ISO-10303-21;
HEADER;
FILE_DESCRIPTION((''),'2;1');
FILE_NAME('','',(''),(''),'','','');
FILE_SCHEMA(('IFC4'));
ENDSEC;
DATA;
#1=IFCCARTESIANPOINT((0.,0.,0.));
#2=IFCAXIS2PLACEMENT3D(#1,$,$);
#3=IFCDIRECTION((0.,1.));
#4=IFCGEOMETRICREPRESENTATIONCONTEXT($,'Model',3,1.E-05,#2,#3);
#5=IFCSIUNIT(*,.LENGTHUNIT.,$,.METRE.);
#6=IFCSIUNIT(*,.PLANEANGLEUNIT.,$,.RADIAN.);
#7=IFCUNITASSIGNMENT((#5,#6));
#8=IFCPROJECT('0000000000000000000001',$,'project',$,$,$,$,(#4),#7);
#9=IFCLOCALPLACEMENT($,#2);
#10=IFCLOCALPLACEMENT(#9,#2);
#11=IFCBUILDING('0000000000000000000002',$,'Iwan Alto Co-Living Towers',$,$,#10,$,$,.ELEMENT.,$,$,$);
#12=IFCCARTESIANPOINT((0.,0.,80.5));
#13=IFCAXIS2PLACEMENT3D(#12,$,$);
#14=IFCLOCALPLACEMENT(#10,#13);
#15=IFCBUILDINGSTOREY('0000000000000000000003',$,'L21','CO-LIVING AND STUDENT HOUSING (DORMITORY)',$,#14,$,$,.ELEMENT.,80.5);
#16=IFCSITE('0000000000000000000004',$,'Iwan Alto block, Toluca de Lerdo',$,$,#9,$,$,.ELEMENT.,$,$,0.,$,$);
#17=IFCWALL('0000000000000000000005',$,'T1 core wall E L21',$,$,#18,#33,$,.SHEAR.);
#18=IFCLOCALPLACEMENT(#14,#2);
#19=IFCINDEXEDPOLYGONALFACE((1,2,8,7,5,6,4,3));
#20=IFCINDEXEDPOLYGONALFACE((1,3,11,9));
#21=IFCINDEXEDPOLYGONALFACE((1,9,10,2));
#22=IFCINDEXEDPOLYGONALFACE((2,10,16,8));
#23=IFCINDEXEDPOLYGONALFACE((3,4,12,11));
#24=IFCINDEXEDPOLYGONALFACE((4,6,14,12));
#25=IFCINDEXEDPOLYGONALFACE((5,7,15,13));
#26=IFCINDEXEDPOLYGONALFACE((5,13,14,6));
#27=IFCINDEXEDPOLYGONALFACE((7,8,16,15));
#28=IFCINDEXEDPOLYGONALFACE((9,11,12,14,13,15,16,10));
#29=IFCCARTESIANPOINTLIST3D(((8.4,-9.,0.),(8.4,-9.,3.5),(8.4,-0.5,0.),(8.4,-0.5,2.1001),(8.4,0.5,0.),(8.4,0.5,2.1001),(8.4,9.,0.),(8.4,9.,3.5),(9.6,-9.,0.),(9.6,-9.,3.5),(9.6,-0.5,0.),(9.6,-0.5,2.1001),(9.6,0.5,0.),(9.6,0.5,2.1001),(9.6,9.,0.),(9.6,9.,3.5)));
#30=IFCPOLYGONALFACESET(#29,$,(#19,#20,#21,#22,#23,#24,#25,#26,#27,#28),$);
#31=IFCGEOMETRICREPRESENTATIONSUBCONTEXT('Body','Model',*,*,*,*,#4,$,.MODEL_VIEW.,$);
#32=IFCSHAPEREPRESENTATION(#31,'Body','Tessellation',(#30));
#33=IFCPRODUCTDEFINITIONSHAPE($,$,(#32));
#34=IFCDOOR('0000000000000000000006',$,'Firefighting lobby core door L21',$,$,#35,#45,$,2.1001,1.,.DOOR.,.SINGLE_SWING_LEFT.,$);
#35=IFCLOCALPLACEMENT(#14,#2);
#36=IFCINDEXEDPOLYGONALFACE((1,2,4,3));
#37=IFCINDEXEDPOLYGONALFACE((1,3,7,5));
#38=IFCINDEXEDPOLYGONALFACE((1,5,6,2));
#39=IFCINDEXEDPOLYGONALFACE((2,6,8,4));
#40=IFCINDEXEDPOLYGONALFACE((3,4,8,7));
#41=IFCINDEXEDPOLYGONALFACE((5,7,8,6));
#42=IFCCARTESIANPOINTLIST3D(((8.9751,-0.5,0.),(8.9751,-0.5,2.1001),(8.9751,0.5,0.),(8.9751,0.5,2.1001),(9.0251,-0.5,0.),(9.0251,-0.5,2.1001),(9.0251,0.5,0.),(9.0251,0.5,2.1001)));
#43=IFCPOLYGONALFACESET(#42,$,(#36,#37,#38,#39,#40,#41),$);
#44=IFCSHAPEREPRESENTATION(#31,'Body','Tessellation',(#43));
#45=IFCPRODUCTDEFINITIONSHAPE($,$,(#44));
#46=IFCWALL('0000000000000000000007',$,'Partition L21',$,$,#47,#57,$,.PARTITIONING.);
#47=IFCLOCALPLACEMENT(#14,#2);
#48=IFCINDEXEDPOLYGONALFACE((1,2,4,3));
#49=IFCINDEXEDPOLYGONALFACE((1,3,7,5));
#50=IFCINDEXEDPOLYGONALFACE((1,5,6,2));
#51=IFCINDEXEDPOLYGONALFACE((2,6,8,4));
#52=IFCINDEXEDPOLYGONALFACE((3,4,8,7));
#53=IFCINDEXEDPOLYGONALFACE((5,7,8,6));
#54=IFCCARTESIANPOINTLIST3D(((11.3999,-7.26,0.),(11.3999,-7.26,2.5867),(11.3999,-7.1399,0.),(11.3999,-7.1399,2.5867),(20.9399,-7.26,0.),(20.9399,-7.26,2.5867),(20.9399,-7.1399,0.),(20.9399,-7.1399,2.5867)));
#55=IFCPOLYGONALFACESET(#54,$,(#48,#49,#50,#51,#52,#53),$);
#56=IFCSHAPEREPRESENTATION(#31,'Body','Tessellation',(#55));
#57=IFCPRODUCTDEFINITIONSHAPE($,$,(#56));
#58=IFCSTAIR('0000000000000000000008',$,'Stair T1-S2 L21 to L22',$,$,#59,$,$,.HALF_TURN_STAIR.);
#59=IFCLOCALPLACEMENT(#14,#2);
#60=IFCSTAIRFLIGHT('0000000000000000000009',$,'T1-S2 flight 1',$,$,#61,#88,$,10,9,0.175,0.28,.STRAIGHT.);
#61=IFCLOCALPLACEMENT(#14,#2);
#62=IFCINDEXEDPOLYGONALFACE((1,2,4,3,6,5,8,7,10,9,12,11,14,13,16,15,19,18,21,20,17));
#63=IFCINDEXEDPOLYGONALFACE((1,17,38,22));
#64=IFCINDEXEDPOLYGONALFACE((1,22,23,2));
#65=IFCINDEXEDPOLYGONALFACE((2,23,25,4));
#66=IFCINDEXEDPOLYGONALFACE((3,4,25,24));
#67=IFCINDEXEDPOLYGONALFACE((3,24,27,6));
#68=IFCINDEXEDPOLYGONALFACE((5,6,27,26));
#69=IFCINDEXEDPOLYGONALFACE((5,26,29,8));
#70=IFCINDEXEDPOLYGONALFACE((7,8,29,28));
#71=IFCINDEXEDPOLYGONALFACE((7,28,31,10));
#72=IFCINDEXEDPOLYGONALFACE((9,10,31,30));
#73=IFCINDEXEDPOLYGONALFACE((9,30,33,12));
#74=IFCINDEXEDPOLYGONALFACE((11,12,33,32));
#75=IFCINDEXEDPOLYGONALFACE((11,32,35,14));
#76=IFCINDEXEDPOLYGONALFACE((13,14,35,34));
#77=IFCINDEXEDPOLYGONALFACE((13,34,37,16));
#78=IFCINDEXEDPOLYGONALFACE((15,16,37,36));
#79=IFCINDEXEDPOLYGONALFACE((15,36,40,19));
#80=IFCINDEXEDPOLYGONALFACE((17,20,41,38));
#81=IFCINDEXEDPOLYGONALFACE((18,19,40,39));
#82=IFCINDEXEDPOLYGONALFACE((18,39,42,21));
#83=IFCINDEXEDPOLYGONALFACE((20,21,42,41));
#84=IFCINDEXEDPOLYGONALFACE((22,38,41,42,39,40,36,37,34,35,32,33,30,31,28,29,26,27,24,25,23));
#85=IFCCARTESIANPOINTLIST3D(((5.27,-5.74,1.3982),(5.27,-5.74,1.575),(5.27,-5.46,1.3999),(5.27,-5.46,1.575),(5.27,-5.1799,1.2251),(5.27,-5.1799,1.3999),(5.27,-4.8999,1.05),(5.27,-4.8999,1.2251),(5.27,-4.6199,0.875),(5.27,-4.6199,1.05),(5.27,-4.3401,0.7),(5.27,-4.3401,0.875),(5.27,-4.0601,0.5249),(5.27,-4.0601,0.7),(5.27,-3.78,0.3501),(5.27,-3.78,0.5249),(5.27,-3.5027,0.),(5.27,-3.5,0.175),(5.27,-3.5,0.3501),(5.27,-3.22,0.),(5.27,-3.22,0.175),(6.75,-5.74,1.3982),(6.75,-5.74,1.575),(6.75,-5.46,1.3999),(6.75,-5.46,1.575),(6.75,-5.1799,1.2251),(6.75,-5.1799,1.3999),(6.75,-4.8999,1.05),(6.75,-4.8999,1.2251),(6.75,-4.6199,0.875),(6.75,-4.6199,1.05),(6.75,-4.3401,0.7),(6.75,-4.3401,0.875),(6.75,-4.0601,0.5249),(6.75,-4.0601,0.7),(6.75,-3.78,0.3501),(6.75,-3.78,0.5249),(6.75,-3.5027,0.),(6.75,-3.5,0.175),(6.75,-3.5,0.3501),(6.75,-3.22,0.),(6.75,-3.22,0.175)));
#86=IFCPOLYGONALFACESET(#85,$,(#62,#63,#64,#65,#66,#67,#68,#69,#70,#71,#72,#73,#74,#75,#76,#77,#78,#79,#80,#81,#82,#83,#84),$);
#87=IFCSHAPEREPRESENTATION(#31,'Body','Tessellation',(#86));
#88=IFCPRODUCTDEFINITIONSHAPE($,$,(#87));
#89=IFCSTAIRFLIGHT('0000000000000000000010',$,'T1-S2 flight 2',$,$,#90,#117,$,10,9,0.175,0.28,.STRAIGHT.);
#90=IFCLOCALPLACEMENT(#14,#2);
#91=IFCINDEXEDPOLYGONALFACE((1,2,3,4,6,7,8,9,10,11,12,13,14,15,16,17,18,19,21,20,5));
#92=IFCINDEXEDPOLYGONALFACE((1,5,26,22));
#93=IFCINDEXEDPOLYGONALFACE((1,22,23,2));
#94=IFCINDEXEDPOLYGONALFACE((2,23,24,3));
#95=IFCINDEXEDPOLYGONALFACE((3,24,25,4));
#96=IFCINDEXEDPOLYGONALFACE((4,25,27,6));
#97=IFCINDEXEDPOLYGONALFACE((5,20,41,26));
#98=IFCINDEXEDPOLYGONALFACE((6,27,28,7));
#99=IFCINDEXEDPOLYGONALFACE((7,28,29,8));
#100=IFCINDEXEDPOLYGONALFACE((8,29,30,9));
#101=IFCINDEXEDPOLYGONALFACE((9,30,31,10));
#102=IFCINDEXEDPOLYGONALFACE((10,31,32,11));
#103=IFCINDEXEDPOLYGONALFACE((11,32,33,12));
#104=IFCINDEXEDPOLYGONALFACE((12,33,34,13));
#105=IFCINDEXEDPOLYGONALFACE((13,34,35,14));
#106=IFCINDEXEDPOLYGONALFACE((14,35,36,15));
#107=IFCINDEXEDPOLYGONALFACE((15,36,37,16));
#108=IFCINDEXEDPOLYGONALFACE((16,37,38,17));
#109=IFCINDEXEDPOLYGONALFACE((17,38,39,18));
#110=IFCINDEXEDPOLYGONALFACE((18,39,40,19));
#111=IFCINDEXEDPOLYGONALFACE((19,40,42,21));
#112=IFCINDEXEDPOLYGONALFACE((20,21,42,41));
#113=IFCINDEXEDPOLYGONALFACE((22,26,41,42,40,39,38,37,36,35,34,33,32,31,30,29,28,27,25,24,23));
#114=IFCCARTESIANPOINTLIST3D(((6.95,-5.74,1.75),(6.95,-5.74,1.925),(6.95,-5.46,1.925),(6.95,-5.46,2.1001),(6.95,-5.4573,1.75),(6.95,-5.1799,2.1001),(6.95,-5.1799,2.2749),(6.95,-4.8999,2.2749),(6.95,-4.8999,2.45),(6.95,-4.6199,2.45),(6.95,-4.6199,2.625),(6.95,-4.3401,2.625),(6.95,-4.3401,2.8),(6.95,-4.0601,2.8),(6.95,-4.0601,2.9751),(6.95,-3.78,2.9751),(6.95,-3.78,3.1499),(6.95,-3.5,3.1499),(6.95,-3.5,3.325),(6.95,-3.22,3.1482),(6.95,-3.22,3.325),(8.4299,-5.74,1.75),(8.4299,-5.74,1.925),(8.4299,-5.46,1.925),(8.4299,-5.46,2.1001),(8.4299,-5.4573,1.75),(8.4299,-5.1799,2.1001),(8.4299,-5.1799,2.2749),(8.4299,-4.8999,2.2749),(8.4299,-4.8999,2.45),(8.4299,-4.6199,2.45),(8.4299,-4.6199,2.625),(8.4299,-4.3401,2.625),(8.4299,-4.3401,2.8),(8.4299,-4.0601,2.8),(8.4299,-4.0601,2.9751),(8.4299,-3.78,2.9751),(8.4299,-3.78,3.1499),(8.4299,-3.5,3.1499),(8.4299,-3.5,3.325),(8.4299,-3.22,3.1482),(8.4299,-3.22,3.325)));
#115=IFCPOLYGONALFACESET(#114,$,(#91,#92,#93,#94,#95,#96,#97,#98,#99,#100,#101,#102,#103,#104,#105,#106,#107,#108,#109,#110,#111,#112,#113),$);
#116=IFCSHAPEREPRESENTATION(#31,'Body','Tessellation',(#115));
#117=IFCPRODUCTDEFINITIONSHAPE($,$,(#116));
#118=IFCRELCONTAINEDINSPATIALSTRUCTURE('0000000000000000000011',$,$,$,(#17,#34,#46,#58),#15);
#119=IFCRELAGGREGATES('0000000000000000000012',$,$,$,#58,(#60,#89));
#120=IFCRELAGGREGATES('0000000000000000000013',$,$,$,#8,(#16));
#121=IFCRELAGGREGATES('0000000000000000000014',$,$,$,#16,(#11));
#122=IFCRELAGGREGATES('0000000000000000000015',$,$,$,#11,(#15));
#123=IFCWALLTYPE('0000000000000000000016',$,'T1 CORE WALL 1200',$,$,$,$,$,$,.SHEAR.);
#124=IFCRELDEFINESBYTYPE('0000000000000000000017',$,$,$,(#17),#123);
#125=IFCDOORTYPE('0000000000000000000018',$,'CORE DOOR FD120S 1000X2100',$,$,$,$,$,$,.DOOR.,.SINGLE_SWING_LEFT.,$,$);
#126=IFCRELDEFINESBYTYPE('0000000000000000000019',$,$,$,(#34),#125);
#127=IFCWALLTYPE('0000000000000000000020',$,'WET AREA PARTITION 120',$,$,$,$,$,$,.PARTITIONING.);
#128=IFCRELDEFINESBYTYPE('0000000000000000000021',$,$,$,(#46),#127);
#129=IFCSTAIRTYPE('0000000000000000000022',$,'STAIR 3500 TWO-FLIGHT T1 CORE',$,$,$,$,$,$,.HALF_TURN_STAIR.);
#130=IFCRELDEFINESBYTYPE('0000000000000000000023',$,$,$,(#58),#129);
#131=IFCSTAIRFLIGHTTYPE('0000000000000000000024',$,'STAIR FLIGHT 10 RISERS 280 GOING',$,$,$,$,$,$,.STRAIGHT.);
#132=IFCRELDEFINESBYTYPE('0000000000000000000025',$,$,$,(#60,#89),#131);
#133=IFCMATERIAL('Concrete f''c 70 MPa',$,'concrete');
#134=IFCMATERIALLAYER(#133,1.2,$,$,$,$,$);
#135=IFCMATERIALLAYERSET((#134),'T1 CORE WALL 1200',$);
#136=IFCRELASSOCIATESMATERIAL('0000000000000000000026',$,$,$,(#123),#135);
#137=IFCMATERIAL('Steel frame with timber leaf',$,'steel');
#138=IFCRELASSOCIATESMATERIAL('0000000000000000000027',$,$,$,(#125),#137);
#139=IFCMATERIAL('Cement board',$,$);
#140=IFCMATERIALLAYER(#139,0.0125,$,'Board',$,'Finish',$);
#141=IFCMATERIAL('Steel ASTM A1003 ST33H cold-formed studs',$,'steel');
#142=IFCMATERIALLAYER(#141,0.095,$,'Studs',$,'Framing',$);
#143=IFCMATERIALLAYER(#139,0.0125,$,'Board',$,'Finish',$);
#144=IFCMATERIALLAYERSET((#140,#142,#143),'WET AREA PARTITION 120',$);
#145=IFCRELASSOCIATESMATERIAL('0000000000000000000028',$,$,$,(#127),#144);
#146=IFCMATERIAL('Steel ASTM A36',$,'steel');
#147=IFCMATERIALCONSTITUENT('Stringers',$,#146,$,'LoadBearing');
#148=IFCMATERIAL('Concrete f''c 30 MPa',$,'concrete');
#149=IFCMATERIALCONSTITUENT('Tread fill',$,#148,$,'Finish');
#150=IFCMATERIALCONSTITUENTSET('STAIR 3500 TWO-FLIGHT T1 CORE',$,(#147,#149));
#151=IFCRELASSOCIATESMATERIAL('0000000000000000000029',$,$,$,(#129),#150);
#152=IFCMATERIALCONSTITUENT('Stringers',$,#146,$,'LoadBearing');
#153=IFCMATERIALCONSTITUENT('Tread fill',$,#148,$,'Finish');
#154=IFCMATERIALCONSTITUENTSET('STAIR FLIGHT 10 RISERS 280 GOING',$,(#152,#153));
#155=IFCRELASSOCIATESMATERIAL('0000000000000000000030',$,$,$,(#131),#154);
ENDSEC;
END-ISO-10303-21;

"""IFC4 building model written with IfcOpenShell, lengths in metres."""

from ifc_helpers import new_model, si_unit, direction, frame, frame_2d, origin, place, context, subcontext, project, spatial, polyline, rectangle, outline, extrude, material, layer, layer_set, constituent, constituent_set, type_object, element, fill, aggregate, save


model = new_model("IFC4")

# Units and contexts
model_context = context("Model", 3, precision=1e-05, world=origin(), true_north=direction((0.0, 1.0)))
body_context = subcontext(model_context, "Body", "Model", "MODEL_VIEW")
ifc_project = project(units=[si_unit("LENGTHUNIT", "METRE"), si_unit("PLANEANGLEUNIT", "RADIAN")], contexts=[model_context])

# Site, building, storey
site_placement = place(None, origin())
site = spatial("IfcSite", under=ifc_project, at=site_placement, Name="Iwan Alto block, Toluca de Lerdo", CompositionType="ELEMENT", RefElevation=0.0)
building_placement = place(site_placement, origin())
building = spatial("IfcBuilding", under=site, at=building_placement, Name="Iwan Alto Co-Living Towers", CompositionType="ELEMENT")
storey_placement = place(building_placement, frame((0.0, 0.0, 80.5)))
storey = spatial("IfcBuildingStorey", under=building, at=storey_placement, Name="L21", Description="CO-LIVING AND STUDENT HOUSING (DORMITORY)", CompositionType="ELEMENT", Elevation=80.5)

# Shared definitions
ifc_material_1 = material(Name="Steel ASTM A1003 ST33H cold-formed studs", Category="steel")

# Wall, opening, door
ifc_material_2 = material(Name="Concrete f'c 70 MPa", Category="concrete")
ifc_layer_1 = layer(ifc_material_2, 1.2)
ifc_layer_set_1 = layer_set([ifc_layer_1], Name="T1 CORE WALL 1200")
wall_type_1 = type_object("IfcWallType", Name="T1 CORE WALL 1200", PredefinedType="SHEAR", material=ifc_layer_set_1)
wall_1_placement = place(storey_placement, frame((9.0, -9.0, 0.0), z_axis=(0.0, 0.0, 1.0), x_axis=(0.0, 1.0, 0.0)))
wall_1 = element("IfcWall", 1, at=wall_1_placement, inside=storey, type_object=wall_type_1, Name="T1 core wall E L21", PredefinedType="SHEAR", context=body_context, shape_type="SweptSolid", body=[
    extrude(rectangle(XDim=18.0, YDim=1.2, at=frame_2d((9.0, 0.0))), origin(), (0.0, 0.0, 1.0), 3.5),
])
opening_1_placement = place(wall_1_placement, frame((8.5, 0.0, 0.0)))
opening_1 = element("IfcOpeningElement", 2, at=opening_1_placement, cuts=wall_1, PredefinedType="OPENING", context=body_context, shape_type="SweptSolid", body=[
    extrude(rectangle(XDim=1.0, YDim=2.1001, at=frame_2d((0.5, 1.05))), frame((0.0, 0.6099, 0.0), z_axis=(0.0, -1.0, 0.0), x_axis=(1.0, 0.0, 0.0)), (0.0, 0.0, 1.0), 1.22),
])
ifc_material_3 = material(Name="Steel frame with timber leaf", Category="steel")
door_type_1 = type_object("IfcDoorType", Name="CORE DOOR FD120S 1000X2100", OperationType="SINGLE_SWING_LEFT", PredefinedType="DOOR", material=ifc_material_3)
door_1_placement = place(opening_1_placement, origin())
door_1 = element("IfcDoor", 3, at=door_1_placement, inside=storey, type_object=door_type_1, Name="Firefighting lobby core door L21", OperationType="SINGLE_SWING_LEFT", OverallHeight=2.1001, OverallWidth=1.0, PredefinedType="DOOR", context=body_context, shape_type="SweptSolid", body=[
    extrude(rectangle(XDim=1.0, YDim=2.1001, at=frame_2d((0.5, 1.05))), frame((0.0, 0.0249, 0.0), z_axis=(0.0, -1.0, 0.0), x_axis=(1.0, 0.0, 0.0)), (0.0, 0.0, 1.0), 0.05),
])
fill(opening_1, door_1)

# Wall
ifc_material_4 = material(Name="Cement board")
ifc_layer_2 = layer(ifc_material_4, 0.0125, Name="Board", Category="Finish")
ifc_layer_3 = layer(ifc_material_1, 0.095, Name="Studs", Category="Framing")
ifc_layer_4 = layer(ifc_material_4, 0.0125, Name="Board", Category="Finish")
ifc_layer_set_2 = layer_set([ifc_layer_2, ifc_layer_3, ifc_layer_4], Name="WET AREA PARTITION 120")
wall_type_2 = type_object("IfcWallType", Name="WET AREA PARTITION 120", PredefinedType="PARTITIONING", material=ifc_layer_set_2)
wall_2_placement = place(storey_placement, frame((11.3999, -7.2, 0.0), z_axis=(0.0, 0.0, 1.0), x_axis=(1.0, 0.0, 0.0)))
element("IfcWall", 4, at=wall_2_placement, inside=storey, type_object=wall_type_2, Name="Partition L21", PredefinedType="PARTITIONING", context=body_context, shape_type="SweptSolid", body=[
    extrude(rectangle(XDim=9.54, YDim=0.1201, at=frame_2d((4.77, 0.0))), origin(), (0.0, 0.0, 1.0), 2.5867),
])

# Stair, stair flights
ifc_material_5 = material(Name="Steel ASTM A36", Category="steel")
ifc_constituent_1 = constituent(ifc_material_5, Name="Stringers", Category="LoadBearing")
ifc_material_6 = material(Name="Concrete f'c 30 MPa", Category="concrete")
ifc_constituent_2 = constituent(ifc_material_6, Name="Tread fill", Category="Finish")
ifc_constituent_set_1 = constituent_set(constituents=[ifc_constituent_1, ifc_constituent_2], Name="STAIR 3500 TWO-FLIGHT T1 CORE")
stair_type = type_object("IfcStairType", Name="STAIR 3500 TWO-FLIGHT T1 CORE", PredefinedType="HALF_TURN_STAIR", material=ifc_constituent_set_1)
stair_placement = place(storey_placement, origin())
stair = element("IfcStair", 5, at=stair_placement, inside=storey, type_object=stair_type, Name="Stair T1-S2 L21 to L22", PredefinedType="HALF_TURN_STAIR")
ifc_constituent_3 = constituent(ifc_material_5, Name="Stringers", Category="LoadBearing")
ifc_constituent_4 = constituent(ifc_material_6, Name="Tread fill", Category="Finish")
ifc_constituent_set_2 = constituent_set(constituents=[ifc_constituent_3, ifc_constituent_4], Name="STAIR FLIGHT 10 RISERS 280 GOING")
stair_flight_type = type_object("IfcStairFlightType", Name="STAIR FLIGHT 10 RISERS 280 GOING", PredefinedType="STRAIGHT", material=ifc_constituent_set_2)
stair_flight_1_placement = place(storey_placement, frame((6.01, -3.22, 0.0), z_axis=(0.0, 0.0, 1.0), x_axis=(0.0, -1.0, 0.0)))
stair_flight_1 = element("IfcStairFlight", 6, at=stair_flight_1_placement, type_object=stair_flight_type, Name="T1-S2 flight 1", NumberOfRisers=10, NumberOfTreads=9, PredefinedType="STRAIGHT", RiserHeight=0.175, TreadLength=0.28, context=body_context, shape_type="SweptSolid", body=[
    extrude(outline(polyline([(0.0, 0.0), (0.0, 0.175), (0.28, 0.175), (0.28, 0.3501), (0.5601, 0.3501), (0.5601, 0.5249), (0.8401, 0.5249), (0.8401, 0.7), (1.1201, 0.7), (1.1201, 0.875), (1.3999, 0.875), (1.3999, 1.05), (1.6799, 1.05), (1.6799, 1.2251), (1.96, 1.2251), (1.96, 1.3999), (2.24, 1.3999), (2.24, 1.575), (2.52, 1.575), (2.52, 1.75), (2.52, 1.3982), (0.2827, 0.0), (0.0, 0.0)])), frame((0.0, 0.74, 0.0), z_axis=(0.0, -1.0, 0.0), x_axis=(1.0, 0.0, 0.0)), (0.0, 0.0, 1.0), 1.48),
])
stair_flight_2_placement = place(storey_placement, frame((7.6899, -5.74, 1.75), z_axis=(0.0, 0.0, 1.0), x_axis=(0.0, 1.0, 0.0)))
stair_flight_2 = element("IfcStairFlight", 7, at=stair_flight_2_placement, type_object=stair_flight_type, Name="T1-S2 flight 2", NumberOfRisers=10, NumberOfTreads=9, PredefinedType="STRAIGHT", RiserHeight=0.175, TreadLength=0.28, context=body_context, shape_type="SweptSolid", body=[
    extrude(outline(polyline([(0.0, 0.0), (0.0, 0.175), (0.28, 0.175), (0.28, 0.3501), (0.5601, 0.3501), (0.5601, 0.5249), (0.8401, 0.5249), (0.8401, 0.7), (1.1201, 0.7), (1.1201, 0.875), (1.3999, 0.875), (1.3999, 1.05), (1.6799, 1.05), (1.6799, 1.2251), (1.96, 1.2251), (1.96, 1.3999), (2.24, 1.3999), (2.24, 1.575), (2.52, 1.575), (2.52, 1.75), (2.52, 1.3982), (0.2827, 0.0), (0.0, 0.0)])), frame((0.0, 0.74, 0.0), z_axis=(0.0, -1.0, 0.0), x_axis=(1.0, 0.0, 0.0)), (0.0, 0.0, 1.0), 1.48),
])
aggregate(stair, [stair_flight_1, stair_flight_2])

save(model, "model.ifc")
